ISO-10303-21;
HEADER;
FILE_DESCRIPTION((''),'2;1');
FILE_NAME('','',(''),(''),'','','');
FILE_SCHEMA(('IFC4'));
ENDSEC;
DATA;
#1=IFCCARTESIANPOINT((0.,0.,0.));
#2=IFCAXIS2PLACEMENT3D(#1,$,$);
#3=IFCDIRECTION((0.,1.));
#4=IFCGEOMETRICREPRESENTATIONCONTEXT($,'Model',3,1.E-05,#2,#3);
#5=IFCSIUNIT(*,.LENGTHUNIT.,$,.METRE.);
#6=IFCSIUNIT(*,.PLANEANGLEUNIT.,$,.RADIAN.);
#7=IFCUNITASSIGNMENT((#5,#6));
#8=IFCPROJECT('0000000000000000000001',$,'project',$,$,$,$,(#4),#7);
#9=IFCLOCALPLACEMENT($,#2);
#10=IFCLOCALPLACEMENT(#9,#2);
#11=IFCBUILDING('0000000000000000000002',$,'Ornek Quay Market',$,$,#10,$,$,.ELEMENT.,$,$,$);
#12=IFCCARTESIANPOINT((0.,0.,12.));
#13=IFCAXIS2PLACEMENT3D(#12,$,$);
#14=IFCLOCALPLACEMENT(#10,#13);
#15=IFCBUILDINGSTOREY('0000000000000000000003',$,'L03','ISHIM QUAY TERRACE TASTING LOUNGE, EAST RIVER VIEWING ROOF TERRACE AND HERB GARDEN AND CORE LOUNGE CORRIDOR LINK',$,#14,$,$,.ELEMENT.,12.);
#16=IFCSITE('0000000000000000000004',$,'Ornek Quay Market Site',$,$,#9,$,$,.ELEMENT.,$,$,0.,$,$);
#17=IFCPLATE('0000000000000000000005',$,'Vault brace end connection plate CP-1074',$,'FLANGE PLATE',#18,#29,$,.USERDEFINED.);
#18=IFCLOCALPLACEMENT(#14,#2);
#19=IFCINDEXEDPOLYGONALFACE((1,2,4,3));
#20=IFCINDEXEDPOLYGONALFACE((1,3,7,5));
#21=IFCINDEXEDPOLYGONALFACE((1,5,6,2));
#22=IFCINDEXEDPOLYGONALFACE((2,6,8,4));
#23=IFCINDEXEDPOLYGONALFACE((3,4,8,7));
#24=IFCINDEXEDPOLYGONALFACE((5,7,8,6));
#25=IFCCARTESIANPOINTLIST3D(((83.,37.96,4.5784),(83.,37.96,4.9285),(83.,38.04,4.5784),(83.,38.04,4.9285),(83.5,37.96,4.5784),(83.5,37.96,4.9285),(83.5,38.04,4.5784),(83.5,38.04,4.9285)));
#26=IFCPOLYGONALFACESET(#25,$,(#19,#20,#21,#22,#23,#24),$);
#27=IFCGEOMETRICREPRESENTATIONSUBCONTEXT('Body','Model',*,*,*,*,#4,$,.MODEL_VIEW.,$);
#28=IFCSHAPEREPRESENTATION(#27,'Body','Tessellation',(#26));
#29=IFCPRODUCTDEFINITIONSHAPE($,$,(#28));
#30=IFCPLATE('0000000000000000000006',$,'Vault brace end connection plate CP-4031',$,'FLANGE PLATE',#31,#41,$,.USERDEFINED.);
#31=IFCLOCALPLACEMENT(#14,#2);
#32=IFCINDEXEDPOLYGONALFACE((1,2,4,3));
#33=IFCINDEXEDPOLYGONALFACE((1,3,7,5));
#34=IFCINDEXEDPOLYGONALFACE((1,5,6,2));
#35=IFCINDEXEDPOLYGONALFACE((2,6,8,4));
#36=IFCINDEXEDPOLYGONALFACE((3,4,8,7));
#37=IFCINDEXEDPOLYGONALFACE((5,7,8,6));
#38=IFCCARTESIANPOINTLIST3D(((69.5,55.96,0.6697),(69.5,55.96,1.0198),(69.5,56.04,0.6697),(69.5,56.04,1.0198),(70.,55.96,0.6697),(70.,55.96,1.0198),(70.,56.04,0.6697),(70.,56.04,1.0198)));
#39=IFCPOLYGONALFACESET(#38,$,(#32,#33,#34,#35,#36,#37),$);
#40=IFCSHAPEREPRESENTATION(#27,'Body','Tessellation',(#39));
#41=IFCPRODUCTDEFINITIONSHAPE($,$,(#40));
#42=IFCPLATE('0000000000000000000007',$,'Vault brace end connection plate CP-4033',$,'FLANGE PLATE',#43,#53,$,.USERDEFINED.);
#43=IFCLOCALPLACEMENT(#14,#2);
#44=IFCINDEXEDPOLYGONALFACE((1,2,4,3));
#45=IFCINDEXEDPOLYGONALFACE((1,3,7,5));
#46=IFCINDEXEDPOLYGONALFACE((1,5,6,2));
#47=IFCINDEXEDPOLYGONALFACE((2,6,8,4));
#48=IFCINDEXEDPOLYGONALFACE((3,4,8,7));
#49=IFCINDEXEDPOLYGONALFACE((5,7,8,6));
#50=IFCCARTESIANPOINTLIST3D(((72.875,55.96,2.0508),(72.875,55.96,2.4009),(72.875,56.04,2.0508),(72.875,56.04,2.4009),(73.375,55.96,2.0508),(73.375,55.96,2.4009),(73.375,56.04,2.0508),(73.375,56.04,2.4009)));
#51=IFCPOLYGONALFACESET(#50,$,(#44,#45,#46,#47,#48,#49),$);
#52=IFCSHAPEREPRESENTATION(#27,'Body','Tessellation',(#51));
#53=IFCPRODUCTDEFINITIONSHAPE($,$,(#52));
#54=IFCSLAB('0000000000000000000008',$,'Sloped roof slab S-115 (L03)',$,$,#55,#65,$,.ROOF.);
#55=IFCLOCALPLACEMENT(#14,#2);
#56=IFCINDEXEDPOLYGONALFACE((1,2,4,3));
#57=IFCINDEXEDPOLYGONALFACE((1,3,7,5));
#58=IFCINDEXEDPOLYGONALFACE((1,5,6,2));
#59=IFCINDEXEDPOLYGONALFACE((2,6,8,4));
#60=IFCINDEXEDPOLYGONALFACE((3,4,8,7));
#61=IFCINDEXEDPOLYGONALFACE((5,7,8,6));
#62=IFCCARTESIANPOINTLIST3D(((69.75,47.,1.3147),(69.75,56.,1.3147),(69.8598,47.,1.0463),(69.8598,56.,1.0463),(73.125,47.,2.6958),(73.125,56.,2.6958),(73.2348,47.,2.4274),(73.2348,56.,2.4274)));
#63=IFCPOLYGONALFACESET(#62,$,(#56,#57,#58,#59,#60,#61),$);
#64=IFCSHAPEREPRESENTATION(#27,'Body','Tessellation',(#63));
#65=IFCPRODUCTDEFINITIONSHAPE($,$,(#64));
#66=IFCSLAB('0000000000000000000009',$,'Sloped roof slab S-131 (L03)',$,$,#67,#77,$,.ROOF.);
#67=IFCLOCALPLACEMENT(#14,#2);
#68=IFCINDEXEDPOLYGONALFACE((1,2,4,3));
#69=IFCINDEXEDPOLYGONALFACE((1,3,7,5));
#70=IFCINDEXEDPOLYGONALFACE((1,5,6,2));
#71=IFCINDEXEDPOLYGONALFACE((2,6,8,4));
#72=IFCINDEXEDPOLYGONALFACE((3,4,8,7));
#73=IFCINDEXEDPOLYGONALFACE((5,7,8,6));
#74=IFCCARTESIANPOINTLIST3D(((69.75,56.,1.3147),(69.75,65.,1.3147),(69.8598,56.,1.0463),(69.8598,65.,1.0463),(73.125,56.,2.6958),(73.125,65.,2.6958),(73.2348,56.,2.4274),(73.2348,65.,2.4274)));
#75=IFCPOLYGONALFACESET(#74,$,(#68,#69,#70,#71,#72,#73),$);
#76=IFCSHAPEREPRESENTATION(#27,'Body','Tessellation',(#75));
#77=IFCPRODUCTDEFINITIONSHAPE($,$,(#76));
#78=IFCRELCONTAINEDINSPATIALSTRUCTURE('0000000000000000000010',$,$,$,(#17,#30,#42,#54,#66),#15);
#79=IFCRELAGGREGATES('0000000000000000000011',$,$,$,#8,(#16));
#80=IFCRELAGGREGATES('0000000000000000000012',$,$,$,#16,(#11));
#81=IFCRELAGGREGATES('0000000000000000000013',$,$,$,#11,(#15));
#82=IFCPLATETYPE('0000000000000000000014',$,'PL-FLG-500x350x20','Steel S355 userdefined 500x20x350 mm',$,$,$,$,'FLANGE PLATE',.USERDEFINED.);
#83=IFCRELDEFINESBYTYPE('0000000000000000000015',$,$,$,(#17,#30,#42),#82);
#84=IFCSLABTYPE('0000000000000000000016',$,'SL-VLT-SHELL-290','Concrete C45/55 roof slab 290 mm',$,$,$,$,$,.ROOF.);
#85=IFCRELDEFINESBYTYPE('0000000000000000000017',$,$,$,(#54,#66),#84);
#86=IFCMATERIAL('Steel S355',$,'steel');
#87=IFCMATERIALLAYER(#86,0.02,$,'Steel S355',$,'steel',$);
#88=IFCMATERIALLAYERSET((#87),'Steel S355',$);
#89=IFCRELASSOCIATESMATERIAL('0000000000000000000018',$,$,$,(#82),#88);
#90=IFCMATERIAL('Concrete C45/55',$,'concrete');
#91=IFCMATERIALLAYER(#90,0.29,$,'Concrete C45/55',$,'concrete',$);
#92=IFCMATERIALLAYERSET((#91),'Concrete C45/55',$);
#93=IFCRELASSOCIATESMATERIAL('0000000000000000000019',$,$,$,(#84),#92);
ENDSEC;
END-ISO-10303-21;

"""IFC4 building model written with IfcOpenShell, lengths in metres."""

from ifc_helpers import new_model, si_unit, direction, frame, origin, origin_2d, place, context, subcontext, project, spatial, polyline, rectangle, outline, extrude, material, layer, layer_set, type_object, element, save


model = new_model("IFC4")

# Units and contexts
model_context = context("Model", 3, precision=1e-05, world=origin(), true_north=direction((0.0, 1.0)))
body_context = subcontext(model_context, "Body", "Model", "MODEL_VIEW")
ifc_project = project(units=[si_unit("LENGTHUNIT", "METRE"), si_unit("PLANEANGLEUNIT", "RADIAN")], contexts=[model_context])

# Site, building, storey
site_placement = place(None, origin())
site = spatial("IfcSite", under=ifc_project, at=site_placement, Name="Ornek Quay Market Site", CompositionType="ELEMENT", RefElevation=0.0)
building_placement = place(site_placement, origin())
building = spatial("IfcBuilding", under=site, at=building_placement, Name="Ornek Quay Market", CompositionType="ELEMENT")
storey_placement = place(building_placement, frame((0.0, 0.0, 12.0)))
storey = spatial("IfcBuildingStorey", under=building, at=storey_placement, Name="L03", Description="ISHIM QUAY TERRACE TASTING LOUNGE, EAST RIVER VIEWING ROOF TERRACE AND HERB GARDEN AND CORE LOUNGE CORRIDOR LINK", CompositionType="ELEMENT", Elevation=12.0)

# Shared definitions
ifc_material_1 = material(Name="Concrete C45/55", Category="concrete")
ifc_material_2 = material(Name="Steel S355", Category="steel")

# Plates
ifc_layer_1 = layer(ifc_material_2, 0.02, Name="Steel S355", Category="steel")
ifc_layer_set_1 = layer_set([ifc_layer_1], Name="Steel S355")
plate_type = type_object("IfcPlateType", Name="PL-FLG-500x350x20", Description="Steel S355 userdefined 500x20x350 mm", ElementType="FLANGE PLATE", PredefinedType="USERDEFINED", material=ifc_layer_set_1)
for number, where, z_axis, x_axis, name in (
    (1, (83.25, 38.0, 4.5784), (0.0, 0.0, 1.0), (1.0, 0.0, 0.0), "Vault brace end connection plate CP-1074"),
    (2, (69.75, 56.0, 0.6697), (0.0, 0.0, 1.0), (1.0, 0.0, 0.0), "Vault brace end connection plate CP-4031"),
    (3, (73.125, 56.0, 2.0508), (0.0, 0.0, 1.0), (1.0, 0.0, 0.0), "Vault brace end connection plate CP-4033"),
):
    element("IfcPlate", number, at=place(storey_placement, frame(where, z_axis=z_axis, x_axis=x_axis)), inside=storey, type_object=plate_type, Name=name, ObjectType="FLANGE PLATE", PredefinedType="USERDEFINED", context=body_context, shape_type="SweptSolid", body=[
        extrude(rectangle(XDim=0.5, YDim=0.0801, at=origin_2d()), origin(), (0.0, 0.0, 1.0), 0.3501),
    ])

# Slabs
ifc_layer_2 = layer(ifc_material_1, 0.29, Name="Concrete C45/55", Category="concrete")
ifc_layer_set_2 = layer_set([ifc_layer_2], Name="Concrete C45/55")
slab_type = type_object("IfcSlabType", Name="SL-VLT-SHELL-290", Description="Concrete C45/55 roof slab 290 mm", PredefinedType="ROOF", material=ifc_layer_set_2)
for number, where, z_axis, x_axis, name in (
    (4, (69.75, 47.0, 1.3147), (-0.378732, 0.0, 0.925506), (0.925506, 0.0, 0.378732), "Sloped roof slab S-115 (L03)"),
    (5, (69.75, 56.0, 1.3147), (-0.378732, 0.0, 0.925506), (0.925506, 0.0, 0.378732), "Sloped roof slab S-131 (L03)"),
):
    element("IfcSlab", number, at=place(storey_placement, frame(where, z_axis=z_axis, x_axis=x_axis)), inside=storey, type_object=slab_type, Name=name, PredefinedType="ROOF", context=body_context, shape_type="SweptSolid", body=[
        extrude(outline(polyline([(0.0, 0.0), (3.6467, 0.0), (3.6467, 9.0), (0.0, 9.0), (0.0, 0.0)])), origin(), (0.0, 0.0, -1.0), 0.29),
    ])

save(model, "model.ifc")
